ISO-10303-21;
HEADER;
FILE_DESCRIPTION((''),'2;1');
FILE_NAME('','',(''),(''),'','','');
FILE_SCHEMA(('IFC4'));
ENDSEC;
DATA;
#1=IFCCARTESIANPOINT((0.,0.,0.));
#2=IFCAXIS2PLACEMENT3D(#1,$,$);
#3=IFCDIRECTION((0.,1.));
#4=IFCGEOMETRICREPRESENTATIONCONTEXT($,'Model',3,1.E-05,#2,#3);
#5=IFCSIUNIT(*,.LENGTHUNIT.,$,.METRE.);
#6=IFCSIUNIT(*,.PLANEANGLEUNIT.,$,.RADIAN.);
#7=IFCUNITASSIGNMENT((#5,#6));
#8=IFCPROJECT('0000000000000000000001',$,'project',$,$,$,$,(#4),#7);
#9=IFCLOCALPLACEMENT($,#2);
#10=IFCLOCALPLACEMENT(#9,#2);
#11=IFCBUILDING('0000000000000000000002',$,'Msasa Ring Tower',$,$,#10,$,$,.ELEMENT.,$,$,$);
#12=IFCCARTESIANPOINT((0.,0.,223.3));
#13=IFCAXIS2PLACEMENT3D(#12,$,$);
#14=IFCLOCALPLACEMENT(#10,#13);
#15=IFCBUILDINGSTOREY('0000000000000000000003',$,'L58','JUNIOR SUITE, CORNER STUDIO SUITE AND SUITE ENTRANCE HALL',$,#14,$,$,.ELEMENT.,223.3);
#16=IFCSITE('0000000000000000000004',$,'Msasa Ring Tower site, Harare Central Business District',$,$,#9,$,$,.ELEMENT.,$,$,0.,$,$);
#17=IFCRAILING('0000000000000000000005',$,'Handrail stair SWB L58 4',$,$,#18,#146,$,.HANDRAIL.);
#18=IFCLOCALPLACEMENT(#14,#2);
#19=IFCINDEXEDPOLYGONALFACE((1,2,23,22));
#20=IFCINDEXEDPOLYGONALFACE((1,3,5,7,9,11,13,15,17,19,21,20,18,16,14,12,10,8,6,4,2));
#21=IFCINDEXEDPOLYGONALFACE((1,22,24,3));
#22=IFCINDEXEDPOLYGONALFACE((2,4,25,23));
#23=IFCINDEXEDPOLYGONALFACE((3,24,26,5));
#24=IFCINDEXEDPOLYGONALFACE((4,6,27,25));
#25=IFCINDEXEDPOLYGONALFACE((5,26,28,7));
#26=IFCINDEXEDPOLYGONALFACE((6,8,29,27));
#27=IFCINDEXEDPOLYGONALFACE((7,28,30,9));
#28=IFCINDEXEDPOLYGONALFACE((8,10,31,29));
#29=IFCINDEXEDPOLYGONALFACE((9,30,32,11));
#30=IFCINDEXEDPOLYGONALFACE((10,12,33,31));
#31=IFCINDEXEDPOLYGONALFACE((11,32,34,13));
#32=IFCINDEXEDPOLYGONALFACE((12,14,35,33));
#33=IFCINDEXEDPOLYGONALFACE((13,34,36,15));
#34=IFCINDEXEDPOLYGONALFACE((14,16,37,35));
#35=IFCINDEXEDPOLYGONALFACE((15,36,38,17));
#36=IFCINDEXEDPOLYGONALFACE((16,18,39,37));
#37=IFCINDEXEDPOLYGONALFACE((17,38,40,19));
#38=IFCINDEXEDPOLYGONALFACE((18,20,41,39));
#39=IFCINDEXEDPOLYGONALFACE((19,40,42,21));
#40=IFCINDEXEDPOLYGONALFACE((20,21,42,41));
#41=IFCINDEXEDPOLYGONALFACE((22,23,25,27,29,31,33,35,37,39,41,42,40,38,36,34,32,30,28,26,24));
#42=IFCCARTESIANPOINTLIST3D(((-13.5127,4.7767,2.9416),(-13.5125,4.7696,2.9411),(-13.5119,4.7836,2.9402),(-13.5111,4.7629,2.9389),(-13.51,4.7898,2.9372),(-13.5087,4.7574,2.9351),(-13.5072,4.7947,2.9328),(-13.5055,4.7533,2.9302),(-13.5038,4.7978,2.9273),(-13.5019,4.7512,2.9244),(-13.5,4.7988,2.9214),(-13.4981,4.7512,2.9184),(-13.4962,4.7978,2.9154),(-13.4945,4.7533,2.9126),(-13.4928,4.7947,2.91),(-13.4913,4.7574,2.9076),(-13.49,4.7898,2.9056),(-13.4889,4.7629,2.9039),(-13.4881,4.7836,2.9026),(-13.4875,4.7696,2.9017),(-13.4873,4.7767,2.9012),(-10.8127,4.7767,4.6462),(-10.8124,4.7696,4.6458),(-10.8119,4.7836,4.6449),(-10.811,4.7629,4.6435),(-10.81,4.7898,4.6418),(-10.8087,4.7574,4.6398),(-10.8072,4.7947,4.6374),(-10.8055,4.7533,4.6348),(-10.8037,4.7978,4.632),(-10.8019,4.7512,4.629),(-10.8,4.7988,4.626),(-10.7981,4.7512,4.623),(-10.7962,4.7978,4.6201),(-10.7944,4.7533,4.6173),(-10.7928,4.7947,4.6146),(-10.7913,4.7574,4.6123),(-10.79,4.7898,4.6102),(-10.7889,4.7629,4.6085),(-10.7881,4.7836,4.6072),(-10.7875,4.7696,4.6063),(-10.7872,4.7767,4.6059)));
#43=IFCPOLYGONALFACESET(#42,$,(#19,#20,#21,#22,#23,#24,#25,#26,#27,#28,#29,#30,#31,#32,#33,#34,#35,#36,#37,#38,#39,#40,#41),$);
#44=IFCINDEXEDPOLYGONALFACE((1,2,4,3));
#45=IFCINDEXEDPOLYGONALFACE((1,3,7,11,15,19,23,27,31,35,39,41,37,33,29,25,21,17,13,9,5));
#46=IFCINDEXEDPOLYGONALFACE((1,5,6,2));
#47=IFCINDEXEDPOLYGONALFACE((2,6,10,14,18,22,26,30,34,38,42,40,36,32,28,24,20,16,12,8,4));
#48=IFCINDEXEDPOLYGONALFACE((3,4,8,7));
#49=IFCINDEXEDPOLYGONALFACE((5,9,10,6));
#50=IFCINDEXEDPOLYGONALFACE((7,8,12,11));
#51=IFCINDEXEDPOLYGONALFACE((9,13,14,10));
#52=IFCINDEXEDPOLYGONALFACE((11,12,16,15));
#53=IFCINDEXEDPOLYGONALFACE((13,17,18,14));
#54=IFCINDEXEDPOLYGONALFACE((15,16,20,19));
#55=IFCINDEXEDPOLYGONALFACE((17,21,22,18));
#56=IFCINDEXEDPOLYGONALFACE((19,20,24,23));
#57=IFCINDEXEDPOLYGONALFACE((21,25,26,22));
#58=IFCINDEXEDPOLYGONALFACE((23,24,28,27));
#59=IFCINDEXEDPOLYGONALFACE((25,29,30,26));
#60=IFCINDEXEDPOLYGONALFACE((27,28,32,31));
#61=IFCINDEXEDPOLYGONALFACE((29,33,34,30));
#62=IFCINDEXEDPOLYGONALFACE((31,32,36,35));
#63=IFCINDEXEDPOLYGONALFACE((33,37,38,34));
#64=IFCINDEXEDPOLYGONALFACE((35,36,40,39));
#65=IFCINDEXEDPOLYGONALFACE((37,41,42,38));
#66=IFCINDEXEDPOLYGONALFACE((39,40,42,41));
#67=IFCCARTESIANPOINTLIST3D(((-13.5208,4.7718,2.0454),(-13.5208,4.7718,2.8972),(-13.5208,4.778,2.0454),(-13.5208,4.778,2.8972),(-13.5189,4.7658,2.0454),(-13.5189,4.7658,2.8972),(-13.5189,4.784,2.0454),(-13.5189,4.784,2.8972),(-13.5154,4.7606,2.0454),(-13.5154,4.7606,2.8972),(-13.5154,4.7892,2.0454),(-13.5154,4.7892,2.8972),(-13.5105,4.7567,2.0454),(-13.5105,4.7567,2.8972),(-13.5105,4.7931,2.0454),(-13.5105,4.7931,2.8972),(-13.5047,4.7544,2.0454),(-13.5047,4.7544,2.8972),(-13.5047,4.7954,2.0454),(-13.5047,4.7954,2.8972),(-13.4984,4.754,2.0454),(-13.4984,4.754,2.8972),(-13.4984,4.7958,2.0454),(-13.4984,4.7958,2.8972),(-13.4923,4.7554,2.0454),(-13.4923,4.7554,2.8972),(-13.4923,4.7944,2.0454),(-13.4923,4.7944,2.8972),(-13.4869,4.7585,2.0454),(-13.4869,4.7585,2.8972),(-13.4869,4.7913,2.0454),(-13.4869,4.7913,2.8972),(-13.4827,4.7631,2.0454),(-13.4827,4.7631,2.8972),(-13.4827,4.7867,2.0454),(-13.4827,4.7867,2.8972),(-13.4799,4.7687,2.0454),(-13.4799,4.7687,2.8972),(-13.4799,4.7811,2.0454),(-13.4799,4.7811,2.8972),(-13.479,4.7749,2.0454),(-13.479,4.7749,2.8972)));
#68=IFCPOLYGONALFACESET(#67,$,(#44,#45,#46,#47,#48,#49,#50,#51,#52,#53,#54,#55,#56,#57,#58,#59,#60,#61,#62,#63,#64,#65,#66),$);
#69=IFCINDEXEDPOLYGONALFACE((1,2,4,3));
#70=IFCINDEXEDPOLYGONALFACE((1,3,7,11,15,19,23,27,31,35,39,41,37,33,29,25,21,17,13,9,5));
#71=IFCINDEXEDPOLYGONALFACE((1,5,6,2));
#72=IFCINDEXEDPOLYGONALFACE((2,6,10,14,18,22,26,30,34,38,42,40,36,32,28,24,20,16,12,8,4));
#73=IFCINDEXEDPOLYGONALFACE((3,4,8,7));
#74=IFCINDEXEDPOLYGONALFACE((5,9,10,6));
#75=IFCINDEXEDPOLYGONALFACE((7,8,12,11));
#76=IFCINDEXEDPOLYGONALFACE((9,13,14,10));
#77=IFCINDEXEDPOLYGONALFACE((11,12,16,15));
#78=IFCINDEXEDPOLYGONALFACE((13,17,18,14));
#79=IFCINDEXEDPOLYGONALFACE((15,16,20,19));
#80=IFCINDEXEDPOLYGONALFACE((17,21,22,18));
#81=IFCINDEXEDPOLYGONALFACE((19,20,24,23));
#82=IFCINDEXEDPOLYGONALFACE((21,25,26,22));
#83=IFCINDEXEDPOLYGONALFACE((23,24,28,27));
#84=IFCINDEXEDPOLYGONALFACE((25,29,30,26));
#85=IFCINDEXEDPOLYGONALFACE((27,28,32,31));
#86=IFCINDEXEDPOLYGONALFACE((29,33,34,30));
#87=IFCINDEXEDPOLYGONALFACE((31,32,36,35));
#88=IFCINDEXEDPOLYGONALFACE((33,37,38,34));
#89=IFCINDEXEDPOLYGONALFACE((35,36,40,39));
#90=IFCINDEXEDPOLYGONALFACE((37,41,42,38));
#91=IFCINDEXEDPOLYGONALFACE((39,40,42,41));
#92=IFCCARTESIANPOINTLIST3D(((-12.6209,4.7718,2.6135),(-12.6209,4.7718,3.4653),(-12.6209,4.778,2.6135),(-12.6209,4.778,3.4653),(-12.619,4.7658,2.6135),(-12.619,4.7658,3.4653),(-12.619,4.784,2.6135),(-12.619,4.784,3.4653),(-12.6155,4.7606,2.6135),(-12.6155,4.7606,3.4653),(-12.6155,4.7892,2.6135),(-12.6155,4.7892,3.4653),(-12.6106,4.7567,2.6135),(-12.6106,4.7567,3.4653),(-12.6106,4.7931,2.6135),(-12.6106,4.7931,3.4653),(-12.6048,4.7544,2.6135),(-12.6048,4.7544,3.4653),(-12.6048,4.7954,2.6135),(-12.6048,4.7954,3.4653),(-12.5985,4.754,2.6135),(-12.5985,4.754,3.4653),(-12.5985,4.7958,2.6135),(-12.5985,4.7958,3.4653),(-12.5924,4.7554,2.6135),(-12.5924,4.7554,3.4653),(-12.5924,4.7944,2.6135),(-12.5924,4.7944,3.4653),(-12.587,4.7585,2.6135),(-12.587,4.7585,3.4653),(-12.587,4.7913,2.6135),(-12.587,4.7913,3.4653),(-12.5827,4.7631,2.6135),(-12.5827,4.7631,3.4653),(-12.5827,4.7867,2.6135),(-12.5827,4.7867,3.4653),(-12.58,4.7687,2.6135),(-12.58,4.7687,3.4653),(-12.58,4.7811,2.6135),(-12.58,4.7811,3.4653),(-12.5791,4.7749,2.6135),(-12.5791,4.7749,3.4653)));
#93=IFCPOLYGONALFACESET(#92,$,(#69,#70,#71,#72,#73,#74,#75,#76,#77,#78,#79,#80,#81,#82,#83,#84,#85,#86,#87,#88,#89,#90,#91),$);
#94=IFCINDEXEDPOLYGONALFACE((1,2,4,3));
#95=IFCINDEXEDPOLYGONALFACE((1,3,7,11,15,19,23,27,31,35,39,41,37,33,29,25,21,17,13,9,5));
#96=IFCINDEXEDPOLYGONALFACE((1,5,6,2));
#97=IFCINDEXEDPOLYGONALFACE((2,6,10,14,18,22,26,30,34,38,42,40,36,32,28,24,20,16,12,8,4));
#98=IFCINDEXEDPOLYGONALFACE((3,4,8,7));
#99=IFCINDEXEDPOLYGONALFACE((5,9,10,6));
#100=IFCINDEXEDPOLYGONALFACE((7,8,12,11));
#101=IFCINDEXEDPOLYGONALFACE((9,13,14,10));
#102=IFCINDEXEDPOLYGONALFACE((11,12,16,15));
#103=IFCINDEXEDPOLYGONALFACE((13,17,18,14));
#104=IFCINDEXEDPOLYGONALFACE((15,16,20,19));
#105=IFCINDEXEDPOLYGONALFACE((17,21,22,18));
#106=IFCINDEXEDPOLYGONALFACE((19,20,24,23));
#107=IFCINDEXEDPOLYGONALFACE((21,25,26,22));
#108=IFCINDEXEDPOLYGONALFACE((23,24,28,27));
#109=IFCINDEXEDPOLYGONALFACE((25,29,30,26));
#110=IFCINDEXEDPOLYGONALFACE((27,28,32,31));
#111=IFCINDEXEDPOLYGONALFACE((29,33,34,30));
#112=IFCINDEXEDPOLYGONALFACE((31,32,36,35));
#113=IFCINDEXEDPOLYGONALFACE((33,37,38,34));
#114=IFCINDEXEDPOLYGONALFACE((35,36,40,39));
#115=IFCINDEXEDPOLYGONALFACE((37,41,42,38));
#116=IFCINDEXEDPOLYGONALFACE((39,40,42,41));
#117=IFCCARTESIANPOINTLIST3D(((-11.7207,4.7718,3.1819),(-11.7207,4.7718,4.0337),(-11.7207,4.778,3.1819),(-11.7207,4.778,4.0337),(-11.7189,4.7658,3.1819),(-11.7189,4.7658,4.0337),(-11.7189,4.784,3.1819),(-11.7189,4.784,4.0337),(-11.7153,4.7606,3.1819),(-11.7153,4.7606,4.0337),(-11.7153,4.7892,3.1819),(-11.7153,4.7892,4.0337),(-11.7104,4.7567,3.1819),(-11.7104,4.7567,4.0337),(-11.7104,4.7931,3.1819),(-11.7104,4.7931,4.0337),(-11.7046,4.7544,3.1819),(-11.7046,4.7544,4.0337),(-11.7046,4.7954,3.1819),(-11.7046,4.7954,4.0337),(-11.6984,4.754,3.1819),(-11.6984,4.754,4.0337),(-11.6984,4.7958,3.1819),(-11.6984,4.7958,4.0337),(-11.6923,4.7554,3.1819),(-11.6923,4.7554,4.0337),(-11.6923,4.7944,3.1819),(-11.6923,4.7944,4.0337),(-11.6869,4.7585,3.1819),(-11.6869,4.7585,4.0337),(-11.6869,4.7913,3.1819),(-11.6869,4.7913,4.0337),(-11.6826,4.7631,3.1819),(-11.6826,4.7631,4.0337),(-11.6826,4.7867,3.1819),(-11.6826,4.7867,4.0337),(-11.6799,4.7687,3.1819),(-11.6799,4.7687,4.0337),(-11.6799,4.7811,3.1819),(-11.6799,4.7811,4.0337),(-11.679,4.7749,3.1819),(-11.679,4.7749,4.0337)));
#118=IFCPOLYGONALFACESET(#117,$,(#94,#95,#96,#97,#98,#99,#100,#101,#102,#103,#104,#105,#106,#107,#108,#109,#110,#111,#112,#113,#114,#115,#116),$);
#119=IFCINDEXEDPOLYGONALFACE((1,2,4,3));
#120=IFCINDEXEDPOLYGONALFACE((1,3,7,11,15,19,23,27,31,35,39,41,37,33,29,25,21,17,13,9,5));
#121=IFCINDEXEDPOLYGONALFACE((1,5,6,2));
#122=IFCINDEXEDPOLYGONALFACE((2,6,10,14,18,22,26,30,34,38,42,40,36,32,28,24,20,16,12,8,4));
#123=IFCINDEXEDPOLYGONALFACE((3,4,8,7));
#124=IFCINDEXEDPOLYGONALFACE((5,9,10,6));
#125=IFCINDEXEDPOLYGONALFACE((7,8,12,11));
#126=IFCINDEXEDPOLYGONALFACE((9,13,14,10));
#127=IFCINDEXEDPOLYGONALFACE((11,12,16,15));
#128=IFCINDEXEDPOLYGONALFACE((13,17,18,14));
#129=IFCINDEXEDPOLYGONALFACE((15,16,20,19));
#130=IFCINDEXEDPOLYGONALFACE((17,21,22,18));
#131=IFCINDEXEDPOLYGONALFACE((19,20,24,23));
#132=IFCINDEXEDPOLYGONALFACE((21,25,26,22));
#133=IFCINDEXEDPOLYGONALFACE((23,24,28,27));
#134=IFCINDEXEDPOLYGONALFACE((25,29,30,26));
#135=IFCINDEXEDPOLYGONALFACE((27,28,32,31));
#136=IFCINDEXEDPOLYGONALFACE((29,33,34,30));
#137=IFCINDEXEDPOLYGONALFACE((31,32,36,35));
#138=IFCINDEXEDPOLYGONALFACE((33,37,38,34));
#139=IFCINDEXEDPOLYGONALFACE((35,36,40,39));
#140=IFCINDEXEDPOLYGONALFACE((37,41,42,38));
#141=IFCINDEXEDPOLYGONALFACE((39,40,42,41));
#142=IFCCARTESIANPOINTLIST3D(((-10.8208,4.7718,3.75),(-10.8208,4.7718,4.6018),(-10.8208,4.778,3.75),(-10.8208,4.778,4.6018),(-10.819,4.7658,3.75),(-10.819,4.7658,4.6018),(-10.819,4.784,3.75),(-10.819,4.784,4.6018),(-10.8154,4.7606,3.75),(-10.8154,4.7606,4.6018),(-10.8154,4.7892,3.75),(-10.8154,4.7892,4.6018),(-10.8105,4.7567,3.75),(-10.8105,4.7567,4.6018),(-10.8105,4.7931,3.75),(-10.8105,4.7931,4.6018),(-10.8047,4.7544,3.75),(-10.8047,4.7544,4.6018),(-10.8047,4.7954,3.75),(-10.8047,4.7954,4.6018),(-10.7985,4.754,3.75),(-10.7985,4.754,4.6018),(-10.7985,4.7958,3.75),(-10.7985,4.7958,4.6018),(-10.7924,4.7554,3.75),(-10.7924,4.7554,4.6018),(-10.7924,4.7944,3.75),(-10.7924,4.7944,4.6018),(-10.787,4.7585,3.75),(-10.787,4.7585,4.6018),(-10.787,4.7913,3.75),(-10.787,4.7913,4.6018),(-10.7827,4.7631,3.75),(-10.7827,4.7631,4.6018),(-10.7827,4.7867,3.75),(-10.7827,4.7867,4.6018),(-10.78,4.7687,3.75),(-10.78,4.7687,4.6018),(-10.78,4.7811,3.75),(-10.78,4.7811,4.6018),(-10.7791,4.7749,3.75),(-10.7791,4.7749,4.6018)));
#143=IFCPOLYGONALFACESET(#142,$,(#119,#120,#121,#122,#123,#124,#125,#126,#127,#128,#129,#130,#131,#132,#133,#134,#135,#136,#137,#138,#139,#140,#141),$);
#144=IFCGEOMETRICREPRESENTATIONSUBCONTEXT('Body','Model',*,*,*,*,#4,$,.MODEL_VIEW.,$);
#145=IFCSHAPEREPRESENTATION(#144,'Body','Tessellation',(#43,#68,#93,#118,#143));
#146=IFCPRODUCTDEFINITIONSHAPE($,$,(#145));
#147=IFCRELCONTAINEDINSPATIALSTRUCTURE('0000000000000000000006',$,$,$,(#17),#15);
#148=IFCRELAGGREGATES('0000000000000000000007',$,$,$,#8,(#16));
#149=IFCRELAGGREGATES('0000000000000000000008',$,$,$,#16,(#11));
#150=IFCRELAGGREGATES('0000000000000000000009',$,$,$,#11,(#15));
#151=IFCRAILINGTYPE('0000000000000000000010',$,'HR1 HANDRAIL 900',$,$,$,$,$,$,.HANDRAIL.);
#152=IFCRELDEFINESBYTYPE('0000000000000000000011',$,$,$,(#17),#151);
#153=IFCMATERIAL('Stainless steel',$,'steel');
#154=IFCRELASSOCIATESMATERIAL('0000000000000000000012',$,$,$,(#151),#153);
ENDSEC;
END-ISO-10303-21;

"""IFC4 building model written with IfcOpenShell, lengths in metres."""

from ifc_helpers import new_model, si_unit, direction, frame, origin, origin_2d, place, context, subcontext, project, spatial, circle, extrude, material, type_object, element, save


model = new_model("IFC4")

# Units and contexts
model_context = context("Model", 3, precision=1e-05, world=origin(), true_north=direction((0.0, 1.0)))
body_context = subcontext(model_context, "Body", "Model", "MODEL_VIEW")
ifc_project = project(units=[si_unit("LENGTHUNIT", "METRE"), si_unit("PLANEANGLEUNIT", "RADIAN")], contexts=[model_context])

# Site, building, storey
site_placement = place(None, origin())
site = spatial("IfcSite", under=ifc_project, at=site_placement, Name="Msasa Ring Tower site, Harare Central Business District", CompositionType="ELEMENT", RefElevation=0.0)
building_placement = place(site_placement, origin())
building = spatial("IfcBuilding", under=site, at=building_placement, Name="Msasa Ring Tower", CompositionType="ELEMENT")
storey_placement = place(building_placement, frame((0.0, 0.0, 223.3)))
storey = spatial("IfcBuildingStorey", under=building, at=storey_placement, Name="L58", Description="JUNIOR SUITE, CORNER STUDIO SUITE AND SUITE ENTRANCE HALL", CompositionType="ELEMENT", Elevation=223.3)

# Railing
ifc_material_1 = material(Name="Stainless steel", Category="steel")
railing_type = type_object("IfcRailingType", Name="HR1 HANDRAIL 900", PredefinedType="HANDRAIL", material=ifc_material_1)
for number, where, name in (
    (1, (-13.5, 4.7749, 2.0454), "Handrail stair SWB L58 4"),
):
    element("IfcRailing", number, at=place(storey_placement, frame(where)), inside=storey, type_object=railing_type, Name=name, PredefinedType="HANDRAIL", context=body_context, shape_type="SweptSolid", body=[
        extrude(circle(Radius=0.0239, at=origin_2d()), frame((0.0, 0.0, 0.876), z_axis=(0.84558, 0.0, 0.533849), x_axis=(0.0, 1.0, 0.0)), (0.0, 0.0, 1.0), 3.1931),
        extrude(circle(Radius=0.021, at=origin_2d()), origin(), (0.0, 0.0, 1.0), 0.8518),
        extrude(circle(Radius=0.021, at=origin_2d()), frame((0.8999, 0.0, 0.5681)), (0.0, 0.0, 1.0), 0.8518),
        extrude(circle(Radius=0.021, at=origin_2d()), frame((1.8, 0.0, 1.1365)), (0.0, 0.0, 1.0), 0.8518),
        extrude(circle(Radius=0.021, at=origin_2d()), frame((2.7, 0.0, 1.7046)), (0.0, 0.0, 1.0), 0.8518),
    ])

save(model, "model.ifc")
